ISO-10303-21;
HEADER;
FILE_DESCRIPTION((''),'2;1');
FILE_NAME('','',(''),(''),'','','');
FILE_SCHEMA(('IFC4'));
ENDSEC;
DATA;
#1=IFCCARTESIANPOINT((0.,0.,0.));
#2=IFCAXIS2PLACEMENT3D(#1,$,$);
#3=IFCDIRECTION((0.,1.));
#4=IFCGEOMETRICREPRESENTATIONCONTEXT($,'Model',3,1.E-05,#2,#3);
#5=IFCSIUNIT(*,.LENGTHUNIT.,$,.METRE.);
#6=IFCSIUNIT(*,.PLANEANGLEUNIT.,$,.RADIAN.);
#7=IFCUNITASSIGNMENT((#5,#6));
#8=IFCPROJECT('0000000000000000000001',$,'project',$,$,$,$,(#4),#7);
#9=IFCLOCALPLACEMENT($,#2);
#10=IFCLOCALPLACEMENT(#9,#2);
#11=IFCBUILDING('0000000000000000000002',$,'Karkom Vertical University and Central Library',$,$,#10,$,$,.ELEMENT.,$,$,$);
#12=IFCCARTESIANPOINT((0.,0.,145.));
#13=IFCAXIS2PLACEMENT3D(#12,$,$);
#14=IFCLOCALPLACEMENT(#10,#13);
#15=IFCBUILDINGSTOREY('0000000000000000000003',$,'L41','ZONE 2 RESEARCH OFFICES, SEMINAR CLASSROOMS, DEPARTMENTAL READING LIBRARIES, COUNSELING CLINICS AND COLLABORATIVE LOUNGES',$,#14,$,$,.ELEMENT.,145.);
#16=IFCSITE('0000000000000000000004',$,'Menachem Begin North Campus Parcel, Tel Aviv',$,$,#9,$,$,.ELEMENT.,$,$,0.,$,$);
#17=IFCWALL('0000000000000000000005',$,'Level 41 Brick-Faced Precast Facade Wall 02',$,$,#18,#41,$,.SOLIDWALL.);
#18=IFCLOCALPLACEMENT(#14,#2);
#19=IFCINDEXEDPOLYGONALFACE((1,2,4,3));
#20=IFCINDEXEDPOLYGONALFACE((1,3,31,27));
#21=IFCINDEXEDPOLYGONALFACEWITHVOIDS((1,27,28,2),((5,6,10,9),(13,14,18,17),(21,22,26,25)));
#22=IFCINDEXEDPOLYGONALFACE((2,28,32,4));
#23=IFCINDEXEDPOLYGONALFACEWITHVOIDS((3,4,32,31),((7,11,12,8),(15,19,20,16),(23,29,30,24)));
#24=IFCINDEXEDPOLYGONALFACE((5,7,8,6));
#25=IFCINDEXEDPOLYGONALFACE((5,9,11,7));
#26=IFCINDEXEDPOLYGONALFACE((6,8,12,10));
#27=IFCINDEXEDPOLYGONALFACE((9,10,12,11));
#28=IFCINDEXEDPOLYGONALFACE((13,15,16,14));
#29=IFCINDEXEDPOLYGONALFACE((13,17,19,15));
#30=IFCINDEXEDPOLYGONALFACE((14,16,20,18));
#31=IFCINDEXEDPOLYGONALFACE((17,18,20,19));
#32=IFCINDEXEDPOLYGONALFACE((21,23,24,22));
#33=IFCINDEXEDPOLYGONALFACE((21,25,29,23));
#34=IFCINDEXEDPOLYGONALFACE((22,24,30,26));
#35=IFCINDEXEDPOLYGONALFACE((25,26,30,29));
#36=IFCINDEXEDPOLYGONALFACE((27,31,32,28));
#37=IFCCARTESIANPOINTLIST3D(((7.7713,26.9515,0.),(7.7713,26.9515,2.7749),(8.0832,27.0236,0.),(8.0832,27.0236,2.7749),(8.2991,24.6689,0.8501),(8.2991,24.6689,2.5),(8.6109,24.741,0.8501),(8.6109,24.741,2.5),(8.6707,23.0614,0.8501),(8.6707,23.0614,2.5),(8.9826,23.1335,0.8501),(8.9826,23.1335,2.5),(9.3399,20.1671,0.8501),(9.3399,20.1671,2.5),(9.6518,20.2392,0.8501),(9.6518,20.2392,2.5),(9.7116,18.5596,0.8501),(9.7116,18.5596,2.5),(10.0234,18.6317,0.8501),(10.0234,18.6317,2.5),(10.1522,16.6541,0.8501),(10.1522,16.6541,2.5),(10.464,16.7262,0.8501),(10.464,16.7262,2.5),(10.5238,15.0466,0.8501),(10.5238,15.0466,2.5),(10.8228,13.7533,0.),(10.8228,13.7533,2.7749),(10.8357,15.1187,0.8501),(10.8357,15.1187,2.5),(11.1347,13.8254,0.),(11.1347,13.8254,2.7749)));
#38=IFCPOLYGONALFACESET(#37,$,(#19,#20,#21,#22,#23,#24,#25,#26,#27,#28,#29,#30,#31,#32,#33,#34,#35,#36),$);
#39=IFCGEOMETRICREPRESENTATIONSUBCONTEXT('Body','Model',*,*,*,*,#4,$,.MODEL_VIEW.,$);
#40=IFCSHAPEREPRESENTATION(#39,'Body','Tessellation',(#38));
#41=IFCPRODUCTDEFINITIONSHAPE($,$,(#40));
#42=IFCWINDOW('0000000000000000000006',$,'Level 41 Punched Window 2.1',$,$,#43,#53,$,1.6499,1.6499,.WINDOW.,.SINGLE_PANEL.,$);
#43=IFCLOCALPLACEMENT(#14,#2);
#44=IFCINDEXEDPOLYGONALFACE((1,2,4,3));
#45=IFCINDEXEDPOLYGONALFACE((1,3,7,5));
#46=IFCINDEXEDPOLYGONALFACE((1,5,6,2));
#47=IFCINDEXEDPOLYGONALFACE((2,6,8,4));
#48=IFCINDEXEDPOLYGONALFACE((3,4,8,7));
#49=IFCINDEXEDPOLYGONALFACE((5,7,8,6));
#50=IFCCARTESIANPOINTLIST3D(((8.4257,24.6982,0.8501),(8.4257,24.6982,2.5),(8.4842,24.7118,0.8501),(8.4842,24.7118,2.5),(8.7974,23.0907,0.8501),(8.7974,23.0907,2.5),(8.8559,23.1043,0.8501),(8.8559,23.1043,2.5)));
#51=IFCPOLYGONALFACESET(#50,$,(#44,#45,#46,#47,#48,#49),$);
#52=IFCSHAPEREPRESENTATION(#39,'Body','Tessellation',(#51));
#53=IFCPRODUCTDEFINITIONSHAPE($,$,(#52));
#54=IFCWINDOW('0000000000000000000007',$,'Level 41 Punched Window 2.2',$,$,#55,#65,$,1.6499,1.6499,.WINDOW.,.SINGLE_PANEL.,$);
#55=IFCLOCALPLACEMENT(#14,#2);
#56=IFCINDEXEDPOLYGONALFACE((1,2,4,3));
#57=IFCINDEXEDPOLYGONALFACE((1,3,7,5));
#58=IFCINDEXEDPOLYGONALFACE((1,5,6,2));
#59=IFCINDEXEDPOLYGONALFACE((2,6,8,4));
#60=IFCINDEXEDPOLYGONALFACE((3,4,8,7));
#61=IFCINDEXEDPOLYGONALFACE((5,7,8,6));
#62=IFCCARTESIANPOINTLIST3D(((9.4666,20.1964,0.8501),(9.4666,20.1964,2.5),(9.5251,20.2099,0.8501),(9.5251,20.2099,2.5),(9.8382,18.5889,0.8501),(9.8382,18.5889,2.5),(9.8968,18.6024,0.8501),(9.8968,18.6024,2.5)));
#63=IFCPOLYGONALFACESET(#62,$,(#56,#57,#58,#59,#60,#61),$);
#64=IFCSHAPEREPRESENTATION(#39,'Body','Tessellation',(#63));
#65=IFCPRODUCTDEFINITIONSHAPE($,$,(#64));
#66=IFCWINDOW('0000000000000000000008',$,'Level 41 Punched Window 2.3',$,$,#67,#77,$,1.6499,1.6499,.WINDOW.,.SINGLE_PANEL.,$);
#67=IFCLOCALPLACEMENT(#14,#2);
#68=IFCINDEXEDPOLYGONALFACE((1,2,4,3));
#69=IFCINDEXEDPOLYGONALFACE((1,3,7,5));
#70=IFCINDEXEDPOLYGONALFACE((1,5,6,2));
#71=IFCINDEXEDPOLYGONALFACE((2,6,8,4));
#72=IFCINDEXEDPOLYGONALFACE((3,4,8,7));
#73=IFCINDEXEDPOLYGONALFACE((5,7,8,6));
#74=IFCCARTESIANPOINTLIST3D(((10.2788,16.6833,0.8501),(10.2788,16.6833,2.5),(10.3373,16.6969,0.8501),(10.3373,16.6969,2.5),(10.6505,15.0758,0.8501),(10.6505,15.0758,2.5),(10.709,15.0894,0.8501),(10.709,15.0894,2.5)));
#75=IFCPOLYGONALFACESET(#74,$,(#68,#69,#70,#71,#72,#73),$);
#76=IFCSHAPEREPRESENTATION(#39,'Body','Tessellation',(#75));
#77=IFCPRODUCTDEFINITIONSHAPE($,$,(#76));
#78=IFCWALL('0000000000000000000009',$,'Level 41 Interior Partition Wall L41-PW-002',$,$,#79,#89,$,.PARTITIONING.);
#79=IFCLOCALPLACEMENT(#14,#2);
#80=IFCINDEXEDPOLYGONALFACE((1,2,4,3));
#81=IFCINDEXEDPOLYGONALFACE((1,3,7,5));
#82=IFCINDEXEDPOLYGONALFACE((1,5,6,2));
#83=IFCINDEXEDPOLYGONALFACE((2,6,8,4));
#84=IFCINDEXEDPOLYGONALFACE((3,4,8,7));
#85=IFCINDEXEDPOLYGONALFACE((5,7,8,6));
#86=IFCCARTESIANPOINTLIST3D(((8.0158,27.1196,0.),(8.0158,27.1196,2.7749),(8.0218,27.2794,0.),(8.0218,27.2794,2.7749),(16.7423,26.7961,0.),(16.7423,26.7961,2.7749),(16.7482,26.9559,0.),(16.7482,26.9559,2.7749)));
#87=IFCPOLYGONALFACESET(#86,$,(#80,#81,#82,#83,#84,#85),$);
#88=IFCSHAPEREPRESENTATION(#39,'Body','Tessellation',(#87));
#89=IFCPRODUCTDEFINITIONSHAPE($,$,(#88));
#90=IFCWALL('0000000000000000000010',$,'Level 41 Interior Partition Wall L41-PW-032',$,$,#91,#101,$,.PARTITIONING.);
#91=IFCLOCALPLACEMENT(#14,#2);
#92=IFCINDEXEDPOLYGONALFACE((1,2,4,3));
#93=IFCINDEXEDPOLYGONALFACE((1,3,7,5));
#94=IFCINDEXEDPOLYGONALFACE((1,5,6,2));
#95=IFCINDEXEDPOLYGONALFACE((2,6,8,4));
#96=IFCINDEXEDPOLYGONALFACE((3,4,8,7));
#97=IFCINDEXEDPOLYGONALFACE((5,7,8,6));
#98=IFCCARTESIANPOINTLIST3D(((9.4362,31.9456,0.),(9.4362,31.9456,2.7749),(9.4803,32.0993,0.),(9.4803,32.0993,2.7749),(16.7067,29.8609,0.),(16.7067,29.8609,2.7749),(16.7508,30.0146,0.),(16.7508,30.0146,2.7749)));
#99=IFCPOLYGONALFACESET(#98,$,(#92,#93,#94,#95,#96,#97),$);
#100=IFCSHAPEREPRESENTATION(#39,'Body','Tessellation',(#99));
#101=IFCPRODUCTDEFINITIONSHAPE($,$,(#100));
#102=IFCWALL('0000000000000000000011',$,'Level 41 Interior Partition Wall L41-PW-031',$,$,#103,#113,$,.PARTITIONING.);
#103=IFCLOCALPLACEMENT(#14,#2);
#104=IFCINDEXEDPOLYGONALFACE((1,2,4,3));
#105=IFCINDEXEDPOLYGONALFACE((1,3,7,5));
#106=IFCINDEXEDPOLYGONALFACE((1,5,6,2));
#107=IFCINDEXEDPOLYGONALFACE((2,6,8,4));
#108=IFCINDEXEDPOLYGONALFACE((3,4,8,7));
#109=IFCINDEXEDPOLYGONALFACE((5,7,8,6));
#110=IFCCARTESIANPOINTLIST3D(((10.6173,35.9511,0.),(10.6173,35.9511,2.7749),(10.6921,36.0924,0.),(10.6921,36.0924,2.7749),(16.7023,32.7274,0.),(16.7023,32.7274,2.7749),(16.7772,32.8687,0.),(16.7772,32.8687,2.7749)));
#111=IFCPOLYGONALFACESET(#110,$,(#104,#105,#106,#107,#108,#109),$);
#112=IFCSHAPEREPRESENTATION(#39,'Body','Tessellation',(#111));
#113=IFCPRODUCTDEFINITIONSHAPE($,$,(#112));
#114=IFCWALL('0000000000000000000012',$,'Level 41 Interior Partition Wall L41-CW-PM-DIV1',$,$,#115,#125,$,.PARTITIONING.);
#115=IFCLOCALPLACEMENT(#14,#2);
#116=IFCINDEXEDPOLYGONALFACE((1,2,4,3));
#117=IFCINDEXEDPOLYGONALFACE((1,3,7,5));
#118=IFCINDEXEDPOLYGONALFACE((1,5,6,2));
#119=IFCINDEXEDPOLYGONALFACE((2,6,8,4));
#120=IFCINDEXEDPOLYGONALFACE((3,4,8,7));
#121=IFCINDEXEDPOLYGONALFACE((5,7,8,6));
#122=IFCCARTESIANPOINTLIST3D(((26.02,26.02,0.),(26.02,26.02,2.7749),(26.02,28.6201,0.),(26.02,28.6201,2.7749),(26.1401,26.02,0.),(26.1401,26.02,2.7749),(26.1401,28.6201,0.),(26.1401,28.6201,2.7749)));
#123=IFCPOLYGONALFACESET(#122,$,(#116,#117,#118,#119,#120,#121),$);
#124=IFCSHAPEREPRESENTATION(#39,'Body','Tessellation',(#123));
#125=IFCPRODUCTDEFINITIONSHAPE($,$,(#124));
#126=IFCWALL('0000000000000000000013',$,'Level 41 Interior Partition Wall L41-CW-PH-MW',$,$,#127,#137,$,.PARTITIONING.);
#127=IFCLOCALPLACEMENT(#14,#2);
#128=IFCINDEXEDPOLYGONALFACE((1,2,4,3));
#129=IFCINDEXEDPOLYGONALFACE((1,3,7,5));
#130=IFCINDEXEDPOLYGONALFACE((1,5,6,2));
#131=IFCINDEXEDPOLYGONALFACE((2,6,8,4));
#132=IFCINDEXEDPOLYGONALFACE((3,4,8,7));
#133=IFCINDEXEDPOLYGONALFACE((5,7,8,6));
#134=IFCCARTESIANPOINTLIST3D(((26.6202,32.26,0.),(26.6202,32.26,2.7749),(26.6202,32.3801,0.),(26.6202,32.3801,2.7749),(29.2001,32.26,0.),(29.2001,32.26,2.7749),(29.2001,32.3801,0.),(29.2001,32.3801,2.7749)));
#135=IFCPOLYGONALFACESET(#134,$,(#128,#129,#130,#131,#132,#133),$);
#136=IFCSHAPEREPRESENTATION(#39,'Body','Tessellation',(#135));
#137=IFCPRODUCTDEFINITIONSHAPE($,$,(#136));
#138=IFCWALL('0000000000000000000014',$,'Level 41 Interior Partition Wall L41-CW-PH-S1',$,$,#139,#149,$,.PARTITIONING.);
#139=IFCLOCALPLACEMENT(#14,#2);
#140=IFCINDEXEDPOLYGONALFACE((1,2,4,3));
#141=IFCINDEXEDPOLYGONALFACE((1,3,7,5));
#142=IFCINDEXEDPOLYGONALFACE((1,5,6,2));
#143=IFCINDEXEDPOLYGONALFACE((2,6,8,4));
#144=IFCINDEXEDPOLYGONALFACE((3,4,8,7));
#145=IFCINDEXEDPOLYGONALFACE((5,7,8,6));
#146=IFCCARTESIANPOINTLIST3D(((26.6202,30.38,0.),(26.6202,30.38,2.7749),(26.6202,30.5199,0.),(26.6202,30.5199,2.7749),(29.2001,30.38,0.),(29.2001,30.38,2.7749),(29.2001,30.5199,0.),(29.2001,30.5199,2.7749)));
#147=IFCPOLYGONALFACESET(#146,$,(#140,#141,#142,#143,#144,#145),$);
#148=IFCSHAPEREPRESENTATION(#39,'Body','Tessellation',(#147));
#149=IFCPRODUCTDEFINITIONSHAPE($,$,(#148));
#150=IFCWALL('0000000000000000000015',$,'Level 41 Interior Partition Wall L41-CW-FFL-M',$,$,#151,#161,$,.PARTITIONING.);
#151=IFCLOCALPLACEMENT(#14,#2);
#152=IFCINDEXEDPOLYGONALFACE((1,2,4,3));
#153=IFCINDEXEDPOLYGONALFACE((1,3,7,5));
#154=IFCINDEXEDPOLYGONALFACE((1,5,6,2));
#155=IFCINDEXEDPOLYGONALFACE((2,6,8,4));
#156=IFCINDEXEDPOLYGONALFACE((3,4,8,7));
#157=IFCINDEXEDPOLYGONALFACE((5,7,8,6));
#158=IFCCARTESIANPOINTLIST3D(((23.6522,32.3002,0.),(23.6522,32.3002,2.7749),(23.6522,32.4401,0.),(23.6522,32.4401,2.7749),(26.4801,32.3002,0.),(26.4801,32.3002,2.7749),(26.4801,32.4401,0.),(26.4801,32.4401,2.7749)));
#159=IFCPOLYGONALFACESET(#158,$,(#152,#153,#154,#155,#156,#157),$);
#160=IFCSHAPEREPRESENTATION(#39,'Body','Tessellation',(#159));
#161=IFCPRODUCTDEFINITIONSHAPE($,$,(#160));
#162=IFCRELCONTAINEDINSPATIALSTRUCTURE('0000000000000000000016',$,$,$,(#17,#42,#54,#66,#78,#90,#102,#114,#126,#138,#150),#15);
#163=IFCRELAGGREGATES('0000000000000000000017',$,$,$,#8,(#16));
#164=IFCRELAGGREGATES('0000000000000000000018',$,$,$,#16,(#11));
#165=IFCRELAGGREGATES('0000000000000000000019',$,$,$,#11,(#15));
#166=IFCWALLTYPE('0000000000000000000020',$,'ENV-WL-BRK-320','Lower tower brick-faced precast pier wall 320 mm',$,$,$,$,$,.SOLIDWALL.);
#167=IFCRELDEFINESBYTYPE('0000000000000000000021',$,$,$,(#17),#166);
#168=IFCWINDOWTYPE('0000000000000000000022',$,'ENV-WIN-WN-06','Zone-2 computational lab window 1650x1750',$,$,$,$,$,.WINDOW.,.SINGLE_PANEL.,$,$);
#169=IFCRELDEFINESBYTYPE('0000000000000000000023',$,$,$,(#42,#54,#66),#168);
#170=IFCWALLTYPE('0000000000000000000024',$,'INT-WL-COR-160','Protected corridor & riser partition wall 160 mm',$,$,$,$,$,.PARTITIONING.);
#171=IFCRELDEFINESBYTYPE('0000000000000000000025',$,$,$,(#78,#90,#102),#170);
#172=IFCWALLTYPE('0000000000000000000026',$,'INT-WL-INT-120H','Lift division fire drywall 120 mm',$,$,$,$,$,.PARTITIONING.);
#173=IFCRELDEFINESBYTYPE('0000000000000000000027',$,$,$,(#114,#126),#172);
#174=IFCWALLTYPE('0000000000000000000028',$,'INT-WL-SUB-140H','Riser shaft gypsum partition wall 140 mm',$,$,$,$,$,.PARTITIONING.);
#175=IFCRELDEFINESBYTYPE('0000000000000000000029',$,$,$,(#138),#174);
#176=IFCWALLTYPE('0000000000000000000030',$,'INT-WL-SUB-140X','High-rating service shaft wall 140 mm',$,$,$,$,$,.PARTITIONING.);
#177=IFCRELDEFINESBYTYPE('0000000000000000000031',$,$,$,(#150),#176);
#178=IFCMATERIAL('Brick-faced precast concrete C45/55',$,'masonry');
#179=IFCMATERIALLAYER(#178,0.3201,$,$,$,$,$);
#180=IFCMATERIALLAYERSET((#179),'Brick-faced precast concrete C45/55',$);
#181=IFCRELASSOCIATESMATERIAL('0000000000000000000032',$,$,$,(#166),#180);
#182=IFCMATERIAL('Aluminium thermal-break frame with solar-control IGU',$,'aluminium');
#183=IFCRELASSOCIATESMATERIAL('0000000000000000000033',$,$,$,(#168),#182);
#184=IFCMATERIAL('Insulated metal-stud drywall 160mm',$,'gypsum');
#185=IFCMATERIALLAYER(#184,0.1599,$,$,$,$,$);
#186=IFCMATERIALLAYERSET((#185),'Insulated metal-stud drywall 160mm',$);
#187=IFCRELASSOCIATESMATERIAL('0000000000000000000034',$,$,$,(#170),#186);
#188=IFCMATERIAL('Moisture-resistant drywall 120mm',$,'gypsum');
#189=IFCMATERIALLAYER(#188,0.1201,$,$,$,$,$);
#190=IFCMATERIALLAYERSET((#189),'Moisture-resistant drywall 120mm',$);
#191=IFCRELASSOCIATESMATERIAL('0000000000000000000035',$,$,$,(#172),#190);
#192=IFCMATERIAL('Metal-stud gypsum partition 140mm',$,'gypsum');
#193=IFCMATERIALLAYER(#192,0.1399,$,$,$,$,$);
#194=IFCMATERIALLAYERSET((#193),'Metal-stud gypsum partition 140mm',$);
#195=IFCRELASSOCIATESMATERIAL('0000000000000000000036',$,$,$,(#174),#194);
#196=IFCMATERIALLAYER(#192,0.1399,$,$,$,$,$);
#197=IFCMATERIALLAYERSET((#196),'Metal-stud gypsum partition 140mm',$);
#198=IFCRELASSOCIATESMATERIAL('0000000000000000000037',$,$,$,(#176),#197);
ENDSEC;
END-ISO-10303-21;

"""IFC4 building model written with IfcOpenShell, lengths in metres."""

from ifc_helpers import new_model, si_unit, direction, frame, frame_2d, origin, origin_with_axes, place, context, subcontext, project, spatial, rectangle, extrude, source, transform, mapped, material, layer, layer_set, type_object, element, fill, save


model = new_model("IFC4")

# Units and contexts
model_context = context("Model", 3, precision=1e-05, world=origin(), true_north=direction((0.0, 1.0)))
body_context = subcontext(model_context, "Body", "Model", "MODEL_VIEW")
ifc_project = project(units=[si_unit("LENGTHUNIT", "METRE"), si_unit("PLANEANGLEUNIT", "RADIAN")], contexts=[model_context])

# Site, building, storey
site_placement = place(None, origin())
site = spatial("IfcSite", under=ifc_project, at=site_placement, Name="Menachem Begin North Campus Parcel, Tel Aviv", CompositionType="ELEMENT", RefElevation=0.0)
building_placement = place(site_placement, origin())
building = spatial("IfcBuilding", under=site, at=building_placement, Name="Karkom Vertical University and Central Library", CompositionType="ELEMENT")
storey_placement = place(building_placement, frame((0.0, 0.0, 145.0)))
storey = spatial("IfcBuildingStorey", under=building, at=storey_placement, Name="L41", Description="ZONE 2 RESEARCH OFFICES, SEMINAR CLASSROOMS, DEPARTMENTAL READING LIBRARIES, COUNSELING CLINICS AND COLLABORATIVE LOUNGES", CompositionType="ELEMENT", Elevation=145.0)

# Wall, openings, windows
ifc_material_1 = material(Name="Brick-faced precast concrete C45/55", Category="masonry")
ifc_layer_1 = layer(ifc_material_1, 0.3201)
ifc_layer_set_1 = layer_set([ifc_layer_1], Name="Brick-faced precast concrete C45/55")
wall_type_1 = type_object("IfcWallType", Name="ENV-WL-BRK-320", Description="Lower tower brick-faced precast pier wall 320 mm", PredefinedType="SOLIDWALL", material=ifc_layer_set_1)
wall_1_placement = place(storey_placement, frame((7.9272, 26.9875, 0.0), z_axis=(0.0, 0.0, 1.0), x_axis=(0.225264, -0.974298, 0.0)))
wall_1 = element("IfcWall", 1, at=wall_1_placement, inside=storey, type_object=wall_type_1, Name="Level 41 Brick-Faced Precast Facade Wall 02", PredefinedType="SOLIDWALL", context=body_context, shape_type="SweptSolid", body=[
    extrude(rectangle(XDim=13.5464, YDim=0.3201, at=frame_2d((6.7732, 0.0))), origin(), (0.0, 0.0, 1.0), 2.7749),
])
opening_1_placement = place(wall_1_placement, frame((2.3428, 0.0, 0.8501)))
opening_1 = element("IfcOpeningElement", 2, at=opening_1_placement, cuts=wall_1, PredefinedType="OPENING", context=body_context, shape_type="SweptSolid", body=[
    extrude(rectangle(XDim=1.6499, YDim=1.6499, at=frame_2d((0.825, 0.825))), frame((0.0, 0.1699, 0.0), z_axis=(0.0, -1.0, 0.0), x_axis=(1.0, 0.0, 0.0)), (0.0, 0.0, 1.0), 0.3401),
])
opening_2_placement = place(wall_1_placement, frame((6.9634, 0.0, 0.8501)))
opening_2 = element("IfcOpeningElement", 3, at=opening_2_placement, cuts=wall_1, PredefinedType="OPENING", context=body_context, shape_type="SweptSolid", body=[
    extrude(rectangle(XDim=1.6499, YDim=1.6499, at=frame_2d((0.825, 0.825))), frame((0.0, 0.1699, 0.0), z_axis=(0.0, -1.0, 0.0), x_axis=(1.0, 0.0, 0.0)), (0.0, 0.0, 1.0), 0.3401),
])
opening_3_placement = place(wall_1_placement, frame((10.5691, 0.0, 0.8501)))
opening_3 = element("IfcOpeningElement", 4, at=opening_3_placement, cuts=wall_1, PredefinedType="OPENING", context=body_context, shape_type="SweptSolid", body=[
    extrude(rectangle(XDim=1.6499, YDim=1.6499, at=frame_2d((0.825, 0.825))), frame((0.0, 0.1699, 0.0), z_axis=(0.0, -1.0, 0.0), x_axis=(1.0, 0.0, 0.0)), (0.0, 0.0, 1.0), 0.3401),
])
ifc_material_2 = material(Name="Aluminium thermal-break frame with solar-control IGU", Category="aluminium")
window_type = type_object("IfcWindowType", Name="ENV-WIN-WN-06", Description="Zone-2 computational lab window 1650x1750", PartitioningType="SINGLE_PANEL", PredefinedType="WINDOW", material=ifc_material_2)
shared_shape_1 = source(origin_with_axes(), body_context, "Body", "SweptSolid", [
    extrude(rectangle(XDim=1.6499, YDim=1.6499, at=frame_2d((0.825, 0.825))), frame((0.0, 0.03, 0.0), z_axis=(0.0, -1.0, 0.0), x_axis=(1.0, 0.0, 0.0)), (0.0, 0.0, 1.0), 0.0601),
])
window_1_placement = place(opening_1_placement, origin())
window_1 = element("IfcWindow", 5, at=window_1_placement, inside=storey, type_object=window_type, Name="Level 41 Punched Window 2.1", OverallHeight=1.6499, OverallWidth=1.6499, PartitioningType="SINGLE_PANEL", PredefinedType="WINDOW", context=body_context, shape_type="MappedRepresentation", body=[
    mapped(shared_shape_1, transform((0.0, 0.0, 0.0), scale=1.0)),
])
fill(opening_1, window_1)
window_2_placement = place(opening_2_placement, origin())
window_2 = element("IfcWindow", 6, at=window_2_placement, inside=storey, type_object=window_type, Name="Level 41 Punched Window 2.2", OverallHeight=1.6499, OverallWidth=1.6499, PartitioningType="SINGLE_PANEL", PredefinedType="WINDOW", context=body_context, shape_type="MappedRepresentation", body=[
    mapped(shared_shape_1, transform((0.0, 0.0, 0.0), scale=1.0)),
])
fill(opening_2, window_2)
window_3_placement = place(opening_3_placement, origin())
window_3 = element("IfcWindow", 7, at=window_3_placement, inside=storey, type_object=window_type, Name="Level 41 Punched Window 2.3", OverallHeight=1.6499, OverallWidth=1.6499, PartitioningType="SINGLE_PANEL", PredefinedType="WINDOW", context=body_context, shape_type="MappedRepresentation", body=[
    mapped(shared_shape_1, transform((0.0, 0.0, 0.0), scale=1.0)),
])
fill(opening_3, window_3)

# Walls
ifc_material_3 = material(Name="Insulated metal-stud drywall 160mm", Category="gypsum")
ifc_layer_2 = layer(ifc_material_3, 0.1599)
ifc_layer_set_2 = layer_set([ifc_layer_2], Name="Insulated metal-stud drywall 160mm")
wall_type_2 = type_object("IfcWallType", Name="INT-WL-COR-160", Description="Protected corridor & riser partition wall 160 mm", PredefinedType="PARTITIONING", material=ifc_layer_set_2)
wall_2_placement = place(storey_placement, frame((8.0188, 27.1995, 0.0), z_axis=(0.0, 0.0, 1.0), x_axis=(0.999314, -0.037045, 0.0)))
element("IfcWall", 8, at=wall_2_placement, inside=storey, type_object=wall_type_2, Name="Level 41 Interior Partition Wall L41-PW-002", PredefinedType="PARTITIONING", context=body_context, shape_type="SweptSolid", body=[
    extrude(rectangle(XDim=8.7324, YDim=0.1599, at=frame_2d((4.3662, 0.0))), origin(), (0.0, 0.0, 1.0), 2.7749),
])
wall_3_placement = place(storey_placement, frame((16.7288, 29.9377, 0.0), z_axis=(0.0, 0.0, 1.0), x_axis=(-0.961264, 0.275629, 0.0)))
element("IfcWall", 9, at=wall_3_placement, inside=storey, type_object=wall_type_2, Name="Level 41 Interior Partition Wall L41-PW-032", PredefinedType="PARTITIONING", context=body_context, shape_type="SweptSolid", body=[
    extrude(rectangle(XDim=7.5635, YDim=0.1599, at=frame_2d((3.7817, 0.0))), origin(), (0.0, 0.0, 1.0), 2.7749),
])
wall_4_placement = place(storey_placement, frame((16.7397, 32.7981, 0.0), z_axis=(0.0, 0.0, 1.0), x_axis=(-0.883657, 0.468135, 0.0)))
element("IfcWall", 10, at=wall_4_placement, inside=storey, type_object=wall_type_2, Name="Level 41 Interior Partition Wall L41-PW-031", PredefinedType="PARTITIONING", context=body_context, shape_type="SweptSolid", body=[
    extrude(rectangle(XDim=6.8862, YDim=0.1599, at=frame_2d((3.4431, 0.0))), origin(), (0.0, 0.0, 1.0), 2.7749),
])
ifc_material_4 = material(Name="Moisture-resistant drywall 120mm", Category="gypsum")
ifc_layer_3 = layer(ifc_material_4, 0.1201)
ifc_layer_set_3 = layer_set([ifc_layer_3], Name="Moisture-resistant drywall 120mm")
wall_type_3 = type_object("IfcWallType", Name="INT-WL-INT-120H", Description="Lift division fire drywall 120 mm", PredefinedType="PARTITIONING", material=ifc_layer_set_3)
wall_5_placement = place(storey_placement, frame((26.0801, 26.02, 0.0), z_axis=(0.0, 0.0, 1.0), x_axis=(0.0, 1.0, 0.0)))
element("IfcWall", 11, at=wall_5_placement, inside=storey, type_object=wall_type_3, Name="Level 41 Interior Partition Wall L41-CW-PM-DIV1", PredefinedType="PARTITIONING", context=body_context, shape_type="SweptSolid", body=[
    extrude(rectangle(XDim=2.6001, YDim=0.1201, at=frame_2d((1.3, 0.0))), origin(), (0.0, 0.0, 1.0), 2.7749),
])
wall_6_placement = place(storey_placement, frame((26.6201, 32.3201, 0.0), z_axis=(0.0, 0.0, 1.0), x_axis=(1.0, 0.0, 0.0)))
element("IfcWall", 12, at=wall_6_placement, inside=storey, type_object=wall_type_3, Name="Level 41 Interior Partition Wall L41-CW-PH-MW", PredefinedType="PARTITIONING", context=body_context, shape_type="SweptSolid", body=[
    extrude(rectangle(XDim=2.5798, YDim=0.1201, at=frame_2d((1.29, 0.0))), origin(), (0.0, 0.0, 1.0), 2.7749),
])
ifc_material_5 = material(Name="Metal-stud gypsum partition 140mm", Category="gypsum")
ifc_layer_4 = layer(ifc_material_5, 0.1399)
ifc_layer_set_4 = layer_set([ifc_layer_4], Name="Metal-stud gypsum partition 140mm")
wall_type_4 = type_object("IfcWallType", Name="INT-WL-SUB-140H", Description="Riser shaft gypsum partition wall 140 mm", PredefinedType="PARTITIONING", material=ifc_layer_set_4)
wall_7_placement = place(storey_placement, frame((26.6201, 30.45, 0.0), z_axis=(0.0, 0.0, 1.0), x_axis=(1.0, 0.0, 0.0)))
element("IfcWall", 13, at=wall_7_placement, inside=storey, type_object=wall_type_4, Name="Level 41 Interior Partition Wall L41-CW-PH-S1", PredefinedType="PARTITIONING", context=body_context, shape_type="SweptSolid", body=[
    extrude(rectangle(XDim=2.5798, YDim=0.1399, at=frame_2d((1.29, 0.0))), origin(), (0.0, 0.0, 1.0), 2.7749),
])
ifc_layer_5 = layer(ifc_material_5, 0.1399)
ifc_layer_set_5 = layer_set([ifc_layer_5], Name="Metal-stud gypsum partition 140mm")
wall_type_5 = type_object("IfcWallType", Name="INT-WL-SUB-140X", Description="High-rating service shaft wall 140 mm", PredefinedType="PARTITIONING", material=ifc_layer_set_5)
wall_8_placement = place(storey_placement, frame((23.6521, 32.3701, 0.0), z_axis=(0.0, 0.0, 1.0), x_axis=(1.0, 0.0, 0.0)))
element("IfcWall", 14, at=wall_8_placement, inside=storey, type_object=wall_type_5, Name="Level 41 Interior Partition Wall L41-CW-FFL-M", PredefinedType="PARTITIONING", context=body_context, shape_type="SweptSolid", body=[
    extrude(rectangle(XDim=2.8279, YDim=0.1399, at=frame_2d((1.4141, 0.0))), origin(), (0.0, 0.0, 1.0), 2.7749),
])

save(model, "model.ifc")
